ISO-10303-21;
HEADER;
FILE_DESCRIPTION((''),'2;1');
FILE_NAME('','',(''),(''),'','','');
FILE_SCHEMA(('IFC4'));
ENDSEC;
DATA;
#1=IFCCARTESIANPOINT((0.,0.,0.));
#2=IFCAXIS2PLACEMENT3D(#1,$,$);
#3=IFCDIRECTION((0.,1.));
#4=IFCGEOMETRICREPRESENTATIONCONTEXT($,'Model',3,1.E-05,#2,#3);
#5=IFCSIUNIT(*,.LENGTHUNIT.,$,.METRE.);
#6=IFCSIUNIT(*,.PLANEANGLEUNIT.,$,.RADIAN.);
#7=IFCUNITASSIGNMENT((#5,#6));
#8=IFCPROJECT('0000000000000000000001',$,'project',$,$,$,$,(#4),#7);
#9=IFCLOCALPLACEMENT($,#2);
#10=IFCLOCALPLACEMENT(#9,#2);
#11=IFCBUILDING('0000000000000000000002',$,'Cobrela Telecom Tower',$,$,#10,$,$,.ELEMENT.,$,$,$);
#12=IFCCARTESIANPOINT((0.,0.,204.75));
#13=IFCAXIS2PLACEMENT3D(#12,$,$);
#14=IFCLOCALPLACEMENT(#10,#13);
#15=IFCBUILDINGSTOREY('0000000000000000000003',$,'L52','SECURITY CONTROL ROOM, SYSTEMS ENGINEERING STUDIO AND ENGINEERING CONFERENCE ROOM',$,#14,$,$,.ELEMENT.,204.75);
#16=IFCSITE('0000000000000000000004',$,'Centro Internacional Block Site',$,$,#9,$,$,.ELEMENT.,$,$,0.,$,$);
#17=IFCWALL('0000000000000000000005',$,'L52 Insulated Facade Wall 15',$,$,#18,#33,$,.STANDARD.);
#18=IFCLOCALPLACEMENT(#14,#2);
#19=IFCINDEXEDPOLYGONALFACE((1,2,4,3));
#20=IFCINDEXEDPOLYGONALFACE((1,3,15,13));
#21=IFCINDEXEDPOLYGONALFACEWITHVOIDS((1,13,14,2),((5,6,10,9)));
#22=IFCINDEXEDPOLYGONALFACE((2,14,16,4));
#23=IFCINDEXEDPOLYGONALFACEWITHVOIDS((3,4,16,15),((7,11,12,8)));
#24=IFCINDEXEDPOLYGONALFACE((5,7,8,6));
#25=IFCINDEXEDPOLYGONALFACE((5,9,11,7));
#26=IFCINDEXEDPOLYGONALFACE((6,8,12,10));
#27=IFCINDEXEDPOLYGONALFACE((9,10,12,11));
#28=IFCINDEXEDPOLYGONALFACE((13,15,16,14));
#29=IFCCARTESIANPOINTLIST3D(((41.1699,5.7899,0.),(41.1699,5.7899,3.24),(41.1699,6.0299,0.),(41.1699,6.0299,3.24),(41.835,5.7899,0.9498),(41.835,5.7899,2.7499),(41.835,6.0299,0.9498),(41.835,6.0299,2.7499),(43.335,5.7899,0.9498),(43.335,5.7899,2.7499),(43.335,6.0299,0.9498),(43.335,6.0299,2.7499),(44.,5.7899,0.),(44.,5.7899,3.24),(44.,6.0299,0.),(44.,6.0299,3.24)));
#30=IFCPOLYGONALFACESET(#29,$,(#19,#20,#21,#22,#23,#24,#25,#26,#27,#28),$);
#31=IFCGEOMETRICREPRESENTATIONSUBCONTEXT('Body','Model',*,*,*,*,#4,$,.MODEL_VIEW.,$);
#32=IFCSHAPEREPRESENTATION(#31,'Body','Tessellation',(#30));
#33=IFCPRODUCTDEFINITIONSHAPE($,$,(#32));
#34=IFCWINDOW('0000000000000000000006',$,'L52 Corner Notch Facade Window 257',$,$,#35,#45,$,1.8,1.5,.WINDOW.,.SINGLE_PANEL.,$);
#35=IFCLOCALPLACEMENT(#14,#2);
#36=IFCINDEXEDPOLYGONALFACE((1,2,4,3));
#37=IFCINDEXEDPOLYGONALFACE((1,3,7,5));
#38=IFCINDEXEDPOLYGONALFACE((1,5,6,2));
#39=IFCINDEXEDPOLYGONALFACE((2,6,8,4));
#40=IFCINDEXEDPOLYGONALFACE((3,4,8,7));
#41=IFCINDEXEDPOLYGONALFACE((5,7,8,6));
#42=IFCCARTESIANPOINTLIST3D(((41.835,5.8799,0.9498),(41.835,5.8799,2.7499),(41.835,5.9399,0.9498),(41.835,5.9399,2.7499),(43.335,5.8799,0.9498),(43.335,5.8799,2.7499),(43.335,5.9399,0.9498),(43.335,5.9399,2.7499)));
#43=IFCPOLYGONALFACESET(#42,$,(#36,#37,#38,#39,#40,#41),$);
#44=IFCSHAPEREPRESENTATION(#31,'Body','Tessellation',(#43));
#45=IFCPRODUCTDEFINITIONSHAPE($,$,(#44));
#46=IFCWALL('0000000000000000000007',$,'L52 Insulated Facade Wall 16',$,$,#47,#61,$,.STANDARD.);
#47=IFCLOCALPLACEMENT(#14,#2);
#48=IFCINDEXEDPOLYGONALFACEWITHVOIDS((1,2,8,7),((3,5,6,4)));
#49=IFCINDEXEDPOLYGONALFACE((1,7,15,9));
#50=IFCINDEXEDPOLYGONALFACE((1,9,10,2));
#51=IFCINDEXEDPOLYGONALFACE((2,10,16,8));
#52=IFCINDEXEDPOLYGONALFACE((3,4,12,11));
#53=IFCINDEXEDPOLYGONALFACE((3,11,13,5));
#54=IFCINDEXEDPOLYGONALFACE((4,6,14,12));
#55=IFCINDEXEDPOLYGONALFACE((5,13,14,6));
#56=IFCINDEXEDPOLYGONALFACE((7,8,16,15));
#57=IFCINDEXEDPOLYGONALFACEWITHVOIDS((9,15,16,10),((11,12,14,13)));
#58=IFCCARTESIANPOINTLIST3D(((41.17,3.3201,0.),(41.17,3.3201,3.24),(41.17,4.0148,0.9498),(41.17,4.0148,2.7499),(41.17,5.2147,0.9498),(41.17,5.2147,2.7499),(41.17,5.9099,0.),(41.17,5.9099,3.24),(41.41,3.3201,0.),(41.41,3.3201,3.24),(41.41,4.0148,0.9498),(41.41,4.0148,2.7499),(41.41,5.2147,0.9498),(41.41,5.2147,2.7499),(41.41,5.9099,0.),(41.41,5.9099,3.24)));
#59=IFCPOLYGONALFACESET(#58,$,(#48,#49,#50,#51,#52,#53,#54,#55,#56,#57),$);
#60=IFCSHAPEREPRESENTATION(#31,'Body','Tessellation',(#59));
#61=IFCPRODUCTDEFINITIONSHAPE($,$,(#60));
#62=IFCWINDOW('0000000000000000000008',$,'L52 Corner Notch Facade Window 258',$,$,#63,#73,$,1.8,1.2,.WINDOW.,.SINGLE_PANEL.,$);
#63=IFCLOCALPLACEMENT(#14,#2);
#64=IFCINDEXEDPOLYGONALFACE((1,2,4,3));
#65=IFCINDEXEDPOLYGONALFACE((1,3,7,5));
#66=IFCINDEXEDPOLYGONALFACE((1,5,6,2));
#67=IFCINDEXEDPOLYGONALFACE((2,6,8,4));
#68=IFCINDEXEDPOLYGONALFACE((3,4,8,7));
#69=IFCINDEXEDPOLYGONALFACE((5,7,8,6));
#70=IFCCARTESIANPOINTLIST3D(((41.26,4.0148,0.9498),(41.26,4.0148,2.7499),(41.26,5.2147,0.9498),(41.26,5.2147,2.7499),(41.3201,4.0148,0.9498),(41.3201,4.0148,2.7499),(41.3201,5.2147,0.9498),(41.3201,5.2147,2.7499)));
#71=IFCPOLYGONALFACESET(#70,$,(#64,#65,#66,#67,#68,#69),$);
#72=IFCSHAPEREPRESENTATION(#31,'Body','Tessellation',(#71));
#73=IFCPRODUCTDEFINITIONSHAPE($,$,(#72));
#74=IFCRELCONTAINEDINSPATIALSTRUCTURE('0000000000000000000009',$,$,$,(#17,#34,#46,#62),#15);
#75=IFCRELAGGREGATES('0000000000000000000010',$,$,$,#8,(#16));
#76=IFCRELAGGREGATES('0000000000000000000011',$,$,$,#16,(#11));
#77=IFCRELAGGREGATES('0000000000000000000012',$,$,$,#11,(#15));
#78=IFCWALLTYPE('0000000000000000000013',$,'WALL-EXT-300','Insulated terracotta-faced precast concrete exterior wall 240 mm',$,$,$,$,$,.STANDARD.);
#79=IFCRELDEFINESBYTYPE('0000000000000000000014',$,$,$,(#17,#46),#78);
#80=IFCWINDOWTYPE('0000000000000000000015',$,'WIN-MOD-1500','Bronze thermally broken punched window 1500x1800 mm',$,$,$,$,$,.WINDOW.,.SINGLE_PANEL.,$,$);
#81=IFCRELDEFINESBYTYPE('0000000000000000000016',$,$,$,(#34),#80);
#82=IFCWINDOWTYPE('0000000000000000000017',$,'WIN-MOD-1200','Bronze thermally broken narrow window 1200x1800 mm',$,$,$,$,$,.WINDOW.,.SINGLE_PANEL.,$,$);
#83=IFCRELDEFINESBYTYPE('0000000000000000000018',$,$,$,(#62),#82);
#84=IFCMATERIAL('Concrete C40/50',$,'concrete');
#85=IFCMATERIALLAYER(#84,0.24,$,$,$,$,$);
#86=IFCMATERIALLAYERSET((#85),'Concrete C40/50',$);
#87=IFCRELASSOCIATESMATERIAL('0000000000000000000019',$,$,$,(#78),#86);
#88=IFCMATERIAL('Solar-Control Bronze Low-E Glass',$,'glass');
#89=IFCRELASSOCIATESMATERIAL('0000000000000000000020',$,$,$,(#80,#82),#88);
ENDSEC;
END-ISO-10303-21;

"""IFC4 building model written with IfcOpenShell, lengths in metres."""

from ifc_helpers import new_model, si_unit, direction, frame, frame_2d, origin, place, context, subcontext, project, spatial, rectangle, extrude, material, layer, layer_set, type_object, element, fill, save


model = new_model("IFC4")

# Units and contexts
model_context = context("Model", 3, precision=1e-05, world=origin(), true_north=direction((0.0, 1.0)))
body_context = subcontext(model_context, "Body", "Model", "MODEL_VIEW")
ifc_project = project(units=[si_unit("LENGTHUNIT", "METRE"), si_unit("PLANEANGLEUNIT", "RADIAN")], contexts=[model_context])

# Site, building, storey
site_placement = place(None, origin())
site = spatial("IfcSite", under=ifc_project, at=site_placement, Name="Centro Internacional Block Site", CompositionType="ELEMENT", RefElevation=0.0)
building_placement = place(site_placement, origin())
building = spatial("IfcBuilding", under=site, at=building_placement, Name="Cobrela Telecom Tower", CompositionType="ELEMENT")
storey_placement = place(building_placement, frame((0.0, 0.0, 204.75)))
storey = spatial("IfcBuildingStorey", under=building, at=storey_placement, Name="L52", Description="SECURITY CONTROL ROOM, SYSTEMS ENGINEERING STUDIO AND ENGINEERING CONFERENCE ROOM", CompositionType="ELEMENT", Elevation=204.75)

# Shared definitions
ifc_material_1 = material(Name="Solar-Control Bronze Low-E Glass", Category="glass")

# Walls, openings, windows
ifc_material_2 = material(Name="Concrete C40/50", Category="concrete")
ifc_layer_1 = layer(ifc_material_2, 0.24)
ifc_layer_set_1 = layer_set([ifc_layer_1], Name="Concrete C40/50")
wall_type = type_object("IfcWallType", Name="WALL-EXT-300", Description="Insulated terracotta-faced precast concrete exterior wall 240 mm", PredefinedType="STANDARD", material=ifc_layer_set_1)
wall_1_placement = place(storey_placement, frame((44.0, 5.9099, 0.0), z_axis=(0.0, 0.0, 1.0), x_axis=(-1.0, 0.0, 0.0)))
wall_1 = element("IfcWall", 1, at=wall_1_placement, inside=storey, type_object=wall_type, Name="L52 Insulated Facade Wall 15", PredefinedType="STANDARD", context=body_context, shape_type="SweptSolid", body=[
    extrude(rectangle(XDim=2.8301, YDim=0.24, at=frame_2d((1.415, 0.0))), origin(), (0.0, 0.0, 1.0), 3.24),
])
opening_1_placement = place(wall_1_placement, frame((0.665, 0.0, 0.95)))
opening_1 = element("IfcOpeningElement", 2, at=opening_1_placement, cuts=wall_1, PredefinedType="OPENING", context=body_context, shape_type="SweptSolid", body=[
    extrude(rectangle(XDim=1.5, YDim=1.8, at=frame_2d((0.75, 0.8999))), frame((0.0, 0.1318, 0.0), z_axis=(0.0, -1.0, 0.0), x_axis=(1.0, 0.0, 0.0)), (0.0, 0.0, 1.0), 0.2639),
])
window_type_1 = type_object("IfcWindowType", Name="WIN-MOD-1500", Description="Bronze thermally broken punched window 1500x1800 mm", PartitioningType="SINGLE_PANEL", PredefinedType="WINDOW", material=ifc_material_1)
window_1_placement = place(opening_1_placement, origin())
window_1 = element("IfcWindow", 3, at=window_1_placement, inside=storey, type_object=window_type_1, Name="L52 Corner Notch Facade Window 257", OverallHeight=1.8, OverallWidth=1.5, PartitioningType="SINGLE_PANEL", PredefinedType="WINDOW", context=body_context, shape_type="SweptSolid", body=[
    extrude(rectangle(XDim=1.5, YDim=1.8, at=frame_2d((0.75, 0.8999))), frame((0.0, 0.03, 0.0), z_axis=(0.0, -1.0, 0.0), x_axis=(1.0, 0.0, 0.0)), (0.0, 0.0, 1.0), 0.0601),
])
fill(opening_1, window_1)
wall_2_placement = place(storey_placement, frame((41.29, 5.9099, 0.0), z_axis=(0.0, 0.0, 1.0), x_axis=(0.0, -1.0, 0.0)))
wall_2 = element("IfcWall", 4, at=wall_2_placement, inside=storey, type_object=wall_type, Name="L52 Insulated Facade Wall 16", PredefinedType="STANDARD", context=body_context, shape_type="SweptSolid", body=[
    extrude(rectangle(XDim=2.5898, YDim=0.24, at=frame_2d((1.2949, 0.0))), origin(), (0.0, 0.0, 1.0), 3.24),
])
opening_2_placement = place(wall_2_placement, frame((0.6951, 0.0, 0.95)))
opening_2 = element("IfcOpeningElement", 5, at=opening_2_placement, cuts=wall_2, PredefinedType="OPENING", context=body_context, shape_type="SweptSolid", body=[
    extrude(rectangle(XDim=1.2, YDim=1.8, at=frame_2d((0.6001, 0.8999))), frame((0.0, 0.1318, 0.0), z_axis=(0.0, -1.0, 0.0), x_axis=(1.0, 0.0, 0.0)), (0.0, 0.0, 1.0), 0.2639),
])
window_type_2 = type_object("IfcWindowType", Name="WIN-MOD-1200", Description="Bronze thermally broken narrow window 1200x1800 mm", PartitioningType="SINGLE_PANEL", PredefinedType="WINDOW", material=ifc_material_1)
window_2_placement = place(opening_2_placement, origin())
window_2 = element("IfcWindow", 6, at=window_2_placement, inside=storey, type_object=window_type_2, Name="L52 Corner Notch Facade Window 258", OverallHeight=1.8, OverallWidth=1.2, PartitioningType="SINGLE_PANEL", PredefinedType="WINDOW", context=body_context, shape_type="SweptSolid", body=[
    extrude(rectangle(XDim=1.2, YDim=1.8, at=frame_2d((0.6001, 0.8999))), frame((0.0, 0.03, 0.0), z_axis=(0.0, -1.0, 0.0), x_axis=(1.0, 0.0, 0.0)), (0.0, 0.0, 1.0), 0.0601),
])
fill(opening_2, window_2)

save(model, "model.ifc")
